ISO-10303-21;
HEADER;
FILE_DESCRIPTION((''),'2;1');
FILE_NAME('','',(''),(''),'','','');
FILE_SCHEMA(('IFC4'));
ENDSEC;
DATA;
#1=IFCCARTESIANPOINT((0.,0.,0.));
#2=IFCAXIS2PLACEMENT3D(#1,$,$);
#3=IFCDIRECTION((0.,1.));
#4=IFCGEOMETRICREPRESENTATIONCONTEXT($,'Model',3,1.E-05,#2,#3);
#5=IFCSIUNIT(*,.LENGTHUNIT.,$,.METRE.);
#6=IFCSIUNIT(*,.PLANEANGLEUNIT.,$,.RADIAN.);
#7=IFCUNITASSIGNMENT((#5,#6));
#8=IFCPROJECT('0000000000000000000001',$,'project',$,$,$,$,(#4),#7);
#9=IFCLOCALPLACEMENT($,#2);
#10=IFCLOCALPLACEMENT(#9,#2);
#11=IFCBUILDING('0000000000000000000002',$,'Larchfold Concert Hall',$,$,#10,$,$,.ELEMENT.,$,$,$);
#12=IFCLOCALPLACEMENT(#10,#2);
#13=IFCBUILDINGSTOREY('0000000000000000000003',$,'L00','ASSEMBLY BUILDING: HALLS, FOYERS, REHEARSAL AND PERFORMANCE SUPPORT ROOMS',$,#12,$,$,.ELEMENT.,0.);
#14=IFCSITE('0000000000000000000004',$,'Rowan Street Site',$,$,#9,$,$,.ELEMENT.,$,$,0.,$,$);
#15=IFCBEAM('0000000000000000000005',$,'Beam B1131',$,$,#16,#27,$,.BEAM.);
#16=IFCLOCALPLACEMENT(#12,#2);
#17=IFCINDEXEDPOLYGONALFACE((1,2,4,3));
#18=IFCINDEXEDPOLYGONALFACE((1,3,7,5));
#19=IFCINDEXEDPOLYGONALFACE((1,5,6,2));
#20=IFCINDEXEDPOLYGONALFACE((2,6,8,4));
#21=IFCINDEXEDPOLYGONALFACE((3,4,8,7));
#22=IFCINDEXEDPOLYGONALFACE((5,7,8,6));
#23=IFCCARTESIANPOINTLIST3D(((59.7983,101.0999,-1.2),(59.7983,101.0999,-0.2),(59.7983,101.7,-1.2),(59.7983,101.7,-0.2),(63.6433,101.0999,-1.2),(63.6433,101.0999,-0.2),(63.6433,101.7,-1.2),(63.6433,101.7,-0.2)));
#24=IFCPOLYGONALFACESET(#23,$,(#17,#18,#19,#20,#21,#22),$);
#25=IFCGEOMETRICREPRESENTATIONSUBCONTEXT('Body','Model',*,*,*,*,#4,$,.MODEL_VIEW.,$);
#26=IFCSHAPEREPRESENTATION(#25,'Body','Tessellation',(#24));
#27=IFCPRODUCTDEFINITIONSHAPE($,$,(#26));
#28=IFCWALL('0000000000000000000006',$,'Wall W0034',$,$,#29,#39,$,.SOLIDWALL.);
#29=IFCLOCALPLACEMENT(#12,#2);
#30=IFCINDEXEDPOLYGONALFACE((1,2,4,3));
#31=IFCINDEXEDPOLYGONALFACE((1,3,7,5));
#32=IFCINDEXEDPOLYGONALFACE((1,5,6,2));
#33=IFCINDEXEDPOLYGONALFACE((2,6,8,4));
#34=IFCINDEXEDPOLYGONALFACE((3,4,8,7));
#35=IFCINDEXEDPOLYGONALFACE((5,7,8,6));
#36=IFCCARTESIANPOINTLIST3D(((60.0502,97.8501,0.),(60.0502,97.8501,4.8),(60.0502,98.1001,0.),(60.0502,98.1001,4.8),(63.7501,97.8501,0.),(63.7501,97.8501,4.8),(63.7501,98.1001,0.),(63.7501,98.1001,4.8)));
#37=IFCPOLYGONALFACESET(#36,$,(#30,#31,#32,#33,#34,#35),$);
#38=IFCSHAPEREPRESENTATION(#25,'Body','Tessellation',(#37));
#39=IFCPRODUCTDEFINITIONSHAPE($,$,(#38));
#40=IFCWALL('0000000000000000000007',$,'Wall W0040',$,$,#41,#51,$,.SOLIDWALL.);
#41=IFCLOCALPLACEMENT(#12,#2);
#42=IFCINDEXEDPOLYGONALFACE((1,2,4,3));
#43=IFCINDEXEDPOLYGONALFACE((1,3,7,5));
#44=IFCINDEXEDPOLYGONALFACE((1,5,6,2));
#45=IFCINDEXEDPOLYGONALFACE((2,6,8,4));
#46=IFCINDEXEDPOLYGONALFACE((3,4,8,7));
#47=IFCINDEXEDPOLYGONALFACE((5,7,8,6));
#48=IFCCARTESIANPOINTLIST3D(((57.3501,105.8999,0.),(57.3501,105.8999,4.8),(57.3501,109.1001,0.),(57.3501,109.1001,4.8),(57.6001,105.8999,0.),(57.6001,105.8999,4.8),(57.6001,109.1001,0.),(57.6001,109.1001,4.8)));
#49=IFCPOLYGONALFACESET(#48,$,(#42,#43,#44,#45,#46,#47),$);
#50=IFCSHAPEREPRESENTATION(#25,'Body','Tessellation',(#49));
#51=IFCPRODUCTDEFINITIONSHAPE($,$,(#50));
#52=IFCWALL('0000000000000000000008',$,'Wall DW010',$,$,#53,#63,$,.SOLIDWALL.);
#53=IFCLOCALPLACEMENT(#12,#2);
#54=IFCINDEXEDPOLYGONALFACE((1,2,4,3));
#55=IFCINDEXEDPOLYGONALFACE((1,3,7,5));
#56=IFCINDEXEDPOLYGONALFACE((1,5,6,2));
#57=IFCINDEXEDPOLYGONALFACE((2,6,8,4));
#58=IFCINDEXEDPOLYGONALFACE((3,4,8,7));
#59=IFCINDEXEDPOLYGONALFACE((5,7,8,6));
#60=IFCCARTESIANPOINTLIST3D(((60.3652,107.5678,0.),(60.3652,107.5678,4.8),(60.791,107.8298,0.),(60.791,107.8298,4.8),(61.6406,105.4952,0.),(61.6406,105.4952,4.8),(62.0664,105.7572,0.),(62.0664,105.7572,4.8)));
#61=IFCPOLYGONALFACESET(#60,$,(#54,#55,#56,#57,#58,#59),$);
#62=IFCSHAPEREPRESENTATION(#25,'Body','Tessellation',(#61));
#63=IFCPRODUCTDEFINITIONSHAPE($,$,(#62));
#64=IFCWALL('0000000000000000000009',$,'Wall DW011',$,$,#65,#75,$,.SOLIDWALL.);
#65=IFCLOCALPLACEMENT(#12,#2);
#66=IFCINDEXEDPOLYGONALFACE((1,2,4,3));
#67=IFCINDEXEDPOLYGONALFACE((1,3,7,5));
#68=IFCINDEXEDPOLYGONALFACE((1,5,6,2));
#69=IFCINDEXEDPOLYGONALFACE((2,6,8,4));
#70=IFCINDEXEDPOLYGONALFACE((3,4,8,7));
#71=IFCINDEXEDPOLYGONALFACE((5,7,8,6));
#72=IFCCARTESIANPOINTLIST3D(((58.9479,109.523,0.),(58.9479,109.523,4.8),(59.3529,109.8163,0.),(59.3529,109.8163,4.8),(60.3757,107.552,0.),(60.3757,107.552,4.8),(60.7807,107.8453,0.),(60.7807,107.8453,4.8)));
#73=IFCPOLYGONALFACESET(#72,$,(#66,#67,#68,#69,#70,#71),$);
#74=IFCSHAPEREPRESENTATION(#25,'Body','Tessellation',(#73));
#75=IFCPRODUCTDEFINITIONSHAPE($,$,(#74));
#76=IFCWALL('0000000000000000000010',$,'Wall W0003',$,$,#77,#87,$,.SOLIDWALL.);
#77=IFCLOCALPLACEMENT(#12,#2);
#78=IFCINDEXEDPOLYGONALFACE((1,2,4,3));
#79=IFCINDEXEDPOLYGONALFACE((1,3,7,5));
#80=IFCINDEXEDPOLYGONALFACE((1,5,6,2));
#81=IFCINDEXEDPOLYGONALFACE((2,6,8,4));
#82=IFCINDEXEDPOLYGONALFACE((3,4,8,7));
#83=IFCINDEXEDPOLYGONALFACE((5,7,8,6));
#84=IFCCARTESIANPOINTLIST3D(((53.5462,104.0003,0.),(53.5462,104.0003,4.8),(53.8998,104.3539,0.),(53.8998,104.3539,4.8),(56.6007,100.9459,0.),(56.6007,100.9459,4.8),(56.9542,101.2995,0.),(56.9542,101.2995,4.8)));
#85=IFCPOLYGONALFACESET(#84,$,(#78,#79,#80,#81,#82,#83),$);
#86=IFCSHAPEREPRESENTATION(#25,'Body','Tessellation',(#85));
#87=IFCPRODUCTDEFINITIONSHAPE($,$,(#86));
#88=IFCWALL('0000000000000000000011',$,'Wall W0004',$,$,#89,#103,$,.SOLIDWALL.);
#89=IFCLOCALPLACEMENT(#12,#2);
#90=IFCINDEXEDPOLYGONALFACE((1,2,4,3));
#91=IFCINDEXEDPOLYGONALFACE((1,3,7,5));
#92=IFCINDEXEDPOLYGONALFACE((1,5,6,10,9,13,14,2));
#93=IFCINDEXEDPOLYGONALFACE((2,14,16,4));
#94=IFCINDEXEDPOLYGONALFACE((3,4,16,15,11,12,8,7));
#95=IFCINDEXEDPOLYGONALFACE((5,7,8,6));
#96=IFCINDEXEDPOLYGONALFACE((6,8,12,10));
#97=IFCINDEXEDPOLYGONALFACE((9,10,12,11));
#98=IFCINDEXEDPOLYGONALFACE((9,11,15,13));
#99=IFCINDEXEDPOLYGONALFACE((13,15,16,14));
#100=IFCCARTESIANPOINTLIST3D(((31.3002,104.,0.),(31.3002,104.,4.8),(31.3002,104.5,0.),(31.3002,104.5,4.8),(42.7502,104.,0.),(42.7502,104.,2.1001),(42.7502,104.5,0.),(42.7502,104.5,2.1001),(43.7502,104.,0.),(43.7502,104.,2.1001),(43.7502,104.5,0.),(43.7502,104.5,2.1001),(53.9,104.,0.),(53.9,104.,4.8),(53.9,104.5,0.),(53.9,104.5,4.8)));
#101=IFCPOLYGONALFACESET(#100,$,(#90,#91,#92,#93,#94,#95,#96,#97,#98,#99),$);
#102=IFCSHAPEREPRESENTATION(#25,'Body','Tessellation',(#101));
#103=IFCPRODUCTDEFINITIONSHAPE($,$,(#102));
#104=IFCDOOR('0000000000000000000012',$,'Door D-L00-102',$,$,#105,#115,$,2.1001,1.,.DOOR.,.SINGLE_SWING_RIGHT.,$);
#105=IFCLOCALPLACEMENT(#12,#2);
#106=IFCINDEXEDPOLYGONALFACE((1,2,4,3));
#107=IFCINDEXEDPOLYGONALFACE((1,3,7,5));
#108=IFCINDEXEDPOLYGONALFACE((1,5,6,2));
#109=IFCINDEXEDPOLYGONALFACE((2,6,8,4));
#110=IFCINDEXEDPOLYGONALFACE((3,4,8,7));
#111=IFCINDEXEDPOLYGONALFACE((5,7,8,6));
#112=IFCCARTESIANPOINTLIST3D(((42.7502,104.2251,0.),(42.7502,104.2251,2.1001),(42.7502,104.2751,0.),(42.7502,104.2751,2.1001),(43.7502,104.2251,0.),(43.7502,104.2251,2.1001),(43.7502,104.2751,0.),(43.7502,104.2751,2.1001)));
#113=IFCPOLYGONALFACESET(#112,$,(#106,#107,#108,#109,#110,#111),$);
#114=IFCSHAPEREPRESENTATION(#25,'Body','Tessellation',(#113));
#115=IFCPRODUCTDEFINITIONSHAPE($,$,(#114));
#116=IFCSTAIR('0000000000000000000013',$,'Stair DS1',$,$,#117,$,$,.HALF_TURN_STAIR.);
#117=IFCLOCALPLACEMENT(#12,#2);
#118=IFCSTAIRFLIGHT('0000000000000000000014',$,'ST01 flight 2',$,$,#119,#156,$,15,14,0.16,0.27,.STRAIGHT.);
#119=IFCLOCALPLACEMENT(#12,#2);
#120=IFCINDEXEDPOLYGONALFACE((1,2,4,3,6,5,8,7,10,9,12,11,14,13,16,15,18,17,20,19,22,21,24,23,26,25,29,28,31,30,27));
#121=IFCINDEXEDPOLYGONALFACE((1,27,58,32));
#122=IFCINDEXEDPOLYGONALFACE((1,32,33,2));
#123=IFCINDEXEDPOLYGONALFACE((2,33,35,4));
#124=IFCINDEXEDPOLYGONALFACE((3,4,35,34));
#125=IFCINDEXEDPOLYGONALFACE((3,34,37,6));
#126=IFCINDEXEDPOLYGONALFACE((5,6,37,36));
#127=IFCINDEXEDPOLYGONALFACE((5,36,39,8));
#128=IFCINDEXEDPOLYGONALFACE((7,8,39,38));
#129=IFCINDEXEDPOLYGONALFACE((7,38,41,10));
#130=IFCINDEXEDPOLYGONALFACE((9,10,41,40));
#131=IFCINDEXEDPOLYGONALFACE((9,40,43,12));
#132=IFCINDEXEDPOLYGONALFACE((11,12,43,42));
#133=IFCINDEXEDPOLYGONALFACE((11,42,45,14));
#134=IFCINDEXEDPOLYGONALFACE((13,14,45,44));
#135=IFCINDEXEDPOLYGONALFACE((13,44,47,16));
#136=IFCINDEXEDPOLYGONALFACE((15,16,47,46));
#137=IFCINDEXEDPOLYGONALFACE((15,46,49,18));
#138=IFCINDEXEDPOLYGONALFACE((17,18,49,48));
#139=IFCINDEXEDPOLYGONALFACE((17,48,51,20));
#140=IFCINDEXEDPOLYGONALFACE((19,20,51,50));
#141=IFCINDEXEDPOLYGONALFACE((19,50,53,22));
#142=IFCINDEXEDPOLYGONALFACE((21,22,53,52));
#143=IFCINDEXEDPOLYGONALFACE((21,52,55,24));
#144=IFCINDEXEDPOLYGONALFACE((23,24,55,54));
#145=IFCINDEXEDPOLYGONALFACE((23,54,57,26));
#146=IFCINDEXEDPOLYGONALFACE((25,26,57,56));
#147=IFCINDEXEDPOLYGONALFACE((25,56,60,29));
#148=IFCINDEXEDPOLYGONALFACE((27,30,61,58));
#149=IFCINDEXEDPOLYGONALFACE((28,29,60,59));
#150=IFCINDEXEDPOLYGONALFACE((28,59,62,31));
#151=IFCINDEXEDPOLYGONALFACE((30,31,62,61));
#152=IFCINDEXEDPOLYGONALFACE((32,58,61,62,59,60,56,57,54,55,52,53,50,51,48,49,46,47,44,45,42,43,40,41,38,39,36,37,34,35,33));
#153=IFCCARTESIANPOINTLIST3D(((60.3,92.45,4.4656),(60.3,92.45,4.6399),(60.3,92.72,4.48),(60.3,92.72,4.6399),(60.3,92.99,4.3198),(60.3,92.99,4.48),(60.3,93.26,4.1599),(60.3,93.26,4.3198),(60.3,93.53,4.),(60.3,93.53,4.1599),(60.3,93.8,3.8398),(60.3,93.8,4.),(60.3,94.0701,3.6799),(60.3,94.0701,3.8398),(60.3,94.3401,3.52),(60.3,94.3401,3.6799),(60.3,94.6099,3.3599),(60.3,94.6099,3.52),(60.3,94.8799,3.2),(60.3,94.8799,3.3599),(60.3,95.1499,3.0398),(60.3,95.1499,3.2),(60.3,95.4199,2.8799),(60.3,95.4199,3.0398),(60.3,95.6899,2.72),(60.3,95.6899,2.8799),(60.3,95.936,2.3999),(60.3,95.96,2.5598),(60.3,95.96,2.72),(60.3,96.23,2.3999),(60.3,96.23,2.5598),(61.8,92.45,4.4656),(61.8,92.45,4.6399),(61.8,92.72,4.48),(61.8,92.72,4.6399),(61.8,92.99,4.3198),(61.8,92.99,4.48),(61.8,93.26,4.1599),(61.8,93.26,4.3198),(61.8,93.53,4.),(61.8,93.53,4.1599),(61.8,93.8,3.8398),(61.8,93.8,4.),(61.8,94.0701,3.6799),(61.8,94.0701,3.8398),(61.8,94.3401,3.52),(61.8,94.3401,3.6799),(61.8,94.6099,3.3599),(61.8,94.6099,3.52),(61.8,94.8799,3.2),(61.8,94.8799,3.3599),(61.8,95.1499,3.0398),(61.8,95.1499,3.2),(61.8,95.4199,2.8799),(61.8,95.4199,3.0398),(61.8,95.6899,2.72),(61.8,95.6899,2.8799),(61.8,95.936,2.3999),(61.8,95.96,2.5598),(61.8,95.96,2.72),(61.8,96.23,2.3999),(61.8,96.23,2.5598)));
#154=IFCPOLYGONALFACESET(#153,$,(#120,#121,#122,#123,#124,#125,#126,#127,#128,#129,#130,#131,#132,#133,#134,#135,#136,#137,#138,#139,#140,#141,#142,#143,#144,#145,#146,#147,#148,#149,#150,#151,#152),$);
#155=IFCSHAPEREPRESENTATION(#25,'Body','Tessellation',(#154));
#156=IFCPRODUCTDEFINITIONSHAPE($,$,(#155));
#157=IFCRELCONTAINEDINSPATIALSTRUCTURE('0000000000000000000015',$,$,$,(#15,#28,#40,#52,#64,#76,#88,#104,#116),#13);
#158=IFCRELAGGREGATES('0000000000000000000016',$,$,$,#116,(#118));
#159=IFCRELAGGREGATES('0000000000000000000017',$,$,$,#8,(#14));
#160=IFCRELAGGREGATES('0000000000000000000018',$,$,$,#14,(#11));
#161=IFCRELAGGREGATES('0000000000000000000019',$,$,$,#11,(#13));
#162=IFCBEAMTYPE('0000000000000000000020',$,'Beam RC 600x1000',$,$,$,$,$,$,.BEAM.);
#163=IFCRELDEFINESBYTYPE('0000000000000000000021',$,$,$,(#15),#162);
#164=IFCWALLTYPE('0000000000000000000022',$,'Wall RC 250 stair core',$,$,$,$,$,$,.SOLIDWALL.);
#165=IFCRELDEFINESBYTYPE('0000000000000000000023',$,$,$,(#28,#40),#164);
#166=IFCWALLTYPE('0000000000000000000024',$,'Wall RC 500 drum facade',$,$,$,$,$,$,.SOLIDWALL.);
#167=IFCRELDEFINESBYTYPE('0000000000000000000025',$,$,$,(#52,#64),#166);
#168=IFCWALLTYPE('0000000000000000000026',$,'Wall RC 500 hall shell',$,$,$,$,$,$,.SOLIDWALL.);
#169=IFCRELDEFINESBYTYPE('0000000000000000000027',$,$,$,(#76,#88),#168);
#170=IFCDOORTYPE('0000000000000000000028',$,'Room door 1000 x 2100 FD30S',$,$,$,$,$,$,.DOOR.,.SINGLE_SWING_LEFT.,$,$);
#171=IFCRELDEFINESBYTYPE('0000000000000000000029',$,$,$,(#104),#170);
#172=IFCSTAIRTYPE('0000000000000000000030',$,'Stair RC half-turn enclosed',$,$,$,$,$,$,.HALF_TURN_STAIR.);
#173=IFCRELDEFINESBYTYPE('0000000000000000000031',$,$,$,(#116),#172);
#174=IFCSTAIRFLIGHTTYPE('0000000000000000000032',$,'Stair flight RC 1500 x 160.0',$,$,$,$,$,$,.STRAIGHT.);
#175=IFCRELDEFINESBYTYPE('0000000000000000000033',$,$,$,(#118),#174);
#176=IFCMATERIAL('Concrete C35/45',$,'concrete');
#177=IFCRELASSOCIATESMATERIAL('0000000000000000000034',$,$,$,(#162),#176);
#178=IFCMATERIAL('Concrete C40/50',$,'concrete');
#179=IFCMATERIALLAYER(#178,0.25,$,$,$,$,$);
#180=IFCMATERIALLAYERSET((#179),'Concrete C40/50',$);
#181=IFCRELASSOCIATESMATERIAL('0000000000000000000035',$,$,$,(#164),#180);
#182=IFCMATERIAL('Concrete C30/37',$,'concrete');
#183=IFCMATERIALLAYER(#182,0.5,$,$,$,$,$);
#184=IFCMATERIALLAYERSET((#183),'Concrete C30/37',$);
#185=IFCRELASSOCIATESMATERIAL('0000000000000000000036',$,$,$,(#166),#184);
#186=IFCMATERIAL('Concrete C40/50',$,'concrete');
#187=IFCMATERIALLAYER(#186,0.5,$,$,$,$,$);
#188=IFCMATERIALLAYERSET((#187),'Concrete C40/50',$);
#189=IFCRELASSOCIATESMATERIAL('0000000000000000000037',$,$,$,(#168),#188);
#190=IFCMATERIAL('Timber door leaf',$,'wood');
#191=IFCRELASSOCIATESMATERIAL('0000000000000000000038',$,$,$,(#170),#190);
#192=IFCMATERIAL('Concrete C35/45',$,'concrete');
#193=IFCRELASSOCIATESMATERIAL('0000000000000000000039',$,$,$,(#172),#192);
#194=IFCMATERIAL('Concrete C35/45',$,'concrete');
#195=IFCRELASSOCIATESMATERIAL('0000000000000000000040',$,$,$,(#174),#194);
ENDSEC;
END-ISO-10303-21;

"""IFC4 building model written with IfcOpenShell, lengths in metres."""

from ifc_helpers import new_model, si_unit, direction, frame, frame_2d, origin, origin_2d, place, context, subcontext, project, spatial, polyline, rectangle, outline, extrude, material, layer, layer_set, material_profile, profile_set, type_object, element, fill, aggregate, save


model = new_model("IFC4")

# Units and contexts
model_context = context("Model", 3, precision=1e-05, world=origin(), true_north=direction((0.0, 1.0)))
body_context = subcontext(model_context, "Body", "Model", "MODEL_VIEW")
ifc_project = project(units=[si_unit("LENGTHUNIT", "METRE"), si_unit("PLANEANGLEUNIT", "RADIAN")], contexts=[model_context])

# Site, building, storey
site_placement = place(None, origin())
site = spatial("IfcSite", under=ifc_project, at=site_placement, Name="Rowan Street Site", CompositionType="ELEMENT", RefElevation=0.0)
building_placement = place(site_placement, origin())
building = spatial("IfcBuilding", under=site, at=building_placement, Name="Larchfold Concert Hall", CompositionType="ELEMENT")
storey_placement = place(building_placement, origin())
storey = spatial("IfcBuildingStorey", under=building, at=storey_placement, Name="L00", Description="ASSEMBLY BUILDING: HALLS, FOYERS, REHEARSAL AND PERFORMANCE SUPPORT ROOMS", CompositionType="ELEMENT", Elevation=0.0)

# Beam
ifc_material_1 = material(Name="Concrete C35/45", Category="concrete")
ifc_material_profile_1 = material_profile(ifc_material_1, rectangle(XDim=0.6001, YDim=1.0, at=origin_2d()))
ifc_profile_set_1 = profile_set([ifc_material_profile_1], Name="Concrete C35/45")
beam_type_1 = type_object("IfcBeamType", Name="Beam RC 600x1000", PredefinedType="BEAM", material=ifc_profile_set_1)
beam_1_placement = place(storey_placement, frame((59.7983, 101.3999, -0.7), z_axis=(1.0, 0.0, 0.0), x_axis=(0.0, 1.0, 0.0)))
element("IfcBeam", 1, at=beam_1_placement, inside=storey, type_object=beam_type_1, Name="Beam B1131", PredefinedType="BEAM", context=body_context, shape_type="SweptSolid", body=[
    extrude(rectangle(XDim=0.6001, YDim=1.0, at=origin_2d()), origin(), (0.0, 0.0, 1.0), 3.845),
])

# Walls
ifc_material_2 = material(Name="Concrete C40/50", Category="concrete")
ifc_layer_1 = layer(ifc_material_2, 0.25)
ifc_layer_set_1 = layer_set([ifc_layer_1], Name="Concrete C40/50")
wall_type_1 = type_object("IfcWallType", Name="Wall RC 250 stair core", PredefinedType="SOLIDWALL", material=ifc_layer_set_1)
wall_1_placement = place(storey_placement, frame((60.05, 97.9751, 0.0), z_axis=(0.0, 0.0, 1.0), x_axis=(1.0, 0.0, 0.0)))
element("IfcWall", 2, at=wall_1_placement, inside=storey, type_object=wall_type_1, Name="Wall W0034", PredefinedType="SOLIDWALL", context=body_context, shape_type="SweptSolid", body=[
    extrude(rectangle(XDim=3.7, YDim=0.25, at=frame_2d((1.8501, 0.0))), origin(), (0.0, 0.0, 1.0), 4.8),
])
wall_2_placement = place(storey_placement, frame((57.4751, 105.8999, 0.0), z_axis=(0.0, 0.0, 1.0), x_axis=(0.0, 1.0, 0.0)))
element("IfcWall", 3, at=wall_2_placement, inside=storey, type_object=wall_type_1, Name="Wall W0040", PredefinedType="SOLIDWALL", context=body_context, shape_type="SweptSolid", body=[
    extrude(rectangle(XDim=3.2002, YDim=0.25, at=frame_2d((1.6001, 0.0))), origin(), (0.0, 0.0, 1.0), 4.8),
])
ifc_material_3 = material(Name="Concrete C30/37", Category="concrete")
ifc_layer_2 = layer(ifc_material_3, 0.5)
ifc_layer_set_2 = layer_set([ifc_layer_2], Name="Concrete C30/37")
wall_type_2 = type_object("IfcWallType", Name="Wall RC 500 drum facade", PredefinedType="SOLIDWALL", material=ifc_layer_set_2)
wall_3_placement = place(storey_placement, frame((61.8535, 105.6262, 0.0), z_axis=(0.0, 0.0, 1.0), x_axis=(-0.524097, 0.851658, 0.0)))
element("IfcWall", 4, at=wall_3_placement, inside=storey, type_object=wall_type_2, Name="Wall DW010", PredefinedType="SOLIDWALL", context=body_context, shape_type="SweptSolid", body=[
    extrude(rectangle(XDim=2.4336, YDim=0.5, at=frame_2d((1.2168, 0.0))), origin(), (0.0, 0.0, 1.0), 4.8),
])
wall_4_placement = place(storey_placement, frame((60.5781, 107.6987, 0.0), z_axis=(0.0, 0.0, 1.0), x_axis=(-0.586644, 0.809845, 0.0)))
element("IfcWall", 5, at=wall_4_placement, inside=storey, type_object=wall_type_2, Name="Wall DW011", PredefinedType="SOLIDWALL", context=body_context, shape_type="SweptSolid", body=[
    extrude(rectangle(XDim=2.4338, YDim=0.5, at=frame_2d((1.2168, 0.0))), origin(), (0.0, 0.0, 1.0), 4.8),
])
ifc_material_4 = material(Name="Concrete C40/50", Category="concrete")
ifc_layer_3 = layer(ifc_material_4, 0.5)
ifc_layer_set_3 = layer_set([ifc_layer_3], Name="Concrete C40/50")
wall_type_3 = type_object("IfcWallType", Name="Wall RC 500 hall shell", PredefinedType="SOLIDWALL", material=ifc_layer_set_3)
wall_5_placement = place(storey_placement, frame((56.7773, 101.1228, 0.0), z_axis=(0.0, 0.0, 1.0), x_axis=(-0.707107, 0.707107, 0.0)))
element("IfcWall", 6, at=wall_5_placement, inside=storey, type_object=wall_type_3, Name="Wall W0003", PredefinedType="SOLIDWALL", context=body_context, shape_type="SweptSolid", body=[
    extrude(rectangle(XDim=4.3196, YDim=0.5, at=frame_2d((2.1597, 0.0))), origin(), (0.0, 0.0, 1.0), 4.8),
])

# Wall, opening, door
wall_6_placement = place(storey_placement, frame((53.8999, 104.25, 0.0), z_axis=(0.0, 0.0, 1.0), x_axis=(-1.0, 0.0, 0.0)))
wall_6 = element("IfcWall", 7, at=wall_6_placement, inside=storey, type_object=wall_type_3, Name="Wall W0004", PredefinedType="SOLIDWALL", context=body_context, shape_type="SweptSolid", body=[
    extrude(rectangle(XDim=22.5999, YDim=0.5, at=frame_2d((11.2998, 0.0))), origin(), (0.0, 0.0, 1.0), 4.8),
])
opening_placement = place(wall_6_placement, frame((10.1497, 0.0, 0.0)))
opening = element("IfcOpeningElement", 8, at=opening_placement, cuts=wall_6, PredefinedType="OPENING", context=body_context, shape_type="SweptSolid", body=[
    extrude(rectangle(XDim=1.0, YDim=2.1001, at=frame_2d((0.5, 1.05))), frame((0.0, 0.26, 0.0), z_axis=(0.0, -1.0, 0.0), x_axis=(1.0, 0.0, 0.0)), (0.0, 0.0, 1.0), 0.52),
])
ifc_material_5 = material(Name="Timber door leaf", Category="wood")
door_type = type_object("IfcDoorType", Name="Room door 1000 x 2100 FD30S", OperationType="SINGLE_SWING_LEFT", PredefinedType="DOOR", material=ifc_material_5)
door_placement = place(opening_placement, origin())
door = element("IfcDoor", 9, at=door_placement, inside=storey, type_object=door_type, Name="Door D-L00-102", OperationType="SINGLE_SWING_RIGHT", OverallHeight=2.1001, OverallWidth=1.0, PredefinedType="DOOR", context=body_context, shape_type="SweptSolid", body=[
    extrude(rectangle(XDim=1.0, YDim=2.1001, at=frame_2d((0.5, 1.05))), frame((0.0, 0.0249, 0.0), z_axis=(0.0, -1.0, 0.0), x_axis=(1.0, 0.0, 0.0)), (0.0, 0.0, 1.0), 0.05),
])
fill(opening, door)

# Stair, stair flight
ifc_material_6 = material(Name="Concrete C35/45", Category="concrete")
stair_type = type_object("IfcStairType", Name="Stair RC half-turn enclosed", PredefinedType="HALF_TURN_STAIR", material=ifc_material_6)
stair_1_placement = place(storey_placement, origin())
stair_1 = element("IfcStair", 10, at=stair_1_placement, inside=storey, type_object=stair_type, Name="Stair DS1", PredefinedType="HALF_TURN_STAIR")
ifc_material_7 = material(Name="Concrete C35/45", Category="concrete")
stair_flight_type_1 = type_object("IfcStairFlightType", Name="Stair flight RC 1500 x 160.0", PredefinedType="STRAIGHT", material=ifc_material_7)
stair_flight_1_placement = place(storey_placement, frame((61.05, 96.23, 2.3999), z_axis=(0.0, 0.0, 1.0), x_axis=(0.0, -1.0, 0.0)))
stair_flight_1 = element("IfcStairFlight", 11, at=stair_flight_1_placement, type_object=stair_flight_type_1, Name="ST01 flight 2", NumberOfRisers=15, NumberOfTreads=14, PredefinedType="STRAIGHT", RiserHeight=0.16, TreadLength=0.27, context=body_context, shape_type="SweptSolid", body=[
    extrude(outline(polyline([(0.0, 0.0), (0.0, 0.1599), (0.27, 0.1599), (0.27, 0.3201), (0.54, 0.3201), (0.54, 0.48), (0.8101, 0.48), (0.8101, 0.6399), (1.0801, 0.6399), (1.0801, 0.8), (1.3501, 0.8), (1.3501, 0.96), (1.6201, 0.96), (1.6201, 1.1201), (1.8899, 1.1201), (1.8899, 1.28), (2.1599, 1.28), (2.1599, 1.4399), (2.4299, 1.4399), (2.4299, 1.6001), (2.7, 1.6001), (2.7, 1.76), (2.97, 1.76), (2.97, 1.9199), (3.24, 1.9199), (3.24, 2.0801), (3.51, 2.0801), (3.51, 2.24), (3.78, 2.24), (3.78, 2.3999), (3.78, 2.0657), (0.2939, 0.0), (0.0, 0.0)])), frame((0.0, 0.75, 0.0), z_axis=(0.0, -1.0, 0.0), x_axis=(1.0, 0.0, 0.0)), (0.0, 0.0, 1.0), 1.5),
])
aggregate(stair_1, [stair_flight_1])

save(model, "model.ifc")
